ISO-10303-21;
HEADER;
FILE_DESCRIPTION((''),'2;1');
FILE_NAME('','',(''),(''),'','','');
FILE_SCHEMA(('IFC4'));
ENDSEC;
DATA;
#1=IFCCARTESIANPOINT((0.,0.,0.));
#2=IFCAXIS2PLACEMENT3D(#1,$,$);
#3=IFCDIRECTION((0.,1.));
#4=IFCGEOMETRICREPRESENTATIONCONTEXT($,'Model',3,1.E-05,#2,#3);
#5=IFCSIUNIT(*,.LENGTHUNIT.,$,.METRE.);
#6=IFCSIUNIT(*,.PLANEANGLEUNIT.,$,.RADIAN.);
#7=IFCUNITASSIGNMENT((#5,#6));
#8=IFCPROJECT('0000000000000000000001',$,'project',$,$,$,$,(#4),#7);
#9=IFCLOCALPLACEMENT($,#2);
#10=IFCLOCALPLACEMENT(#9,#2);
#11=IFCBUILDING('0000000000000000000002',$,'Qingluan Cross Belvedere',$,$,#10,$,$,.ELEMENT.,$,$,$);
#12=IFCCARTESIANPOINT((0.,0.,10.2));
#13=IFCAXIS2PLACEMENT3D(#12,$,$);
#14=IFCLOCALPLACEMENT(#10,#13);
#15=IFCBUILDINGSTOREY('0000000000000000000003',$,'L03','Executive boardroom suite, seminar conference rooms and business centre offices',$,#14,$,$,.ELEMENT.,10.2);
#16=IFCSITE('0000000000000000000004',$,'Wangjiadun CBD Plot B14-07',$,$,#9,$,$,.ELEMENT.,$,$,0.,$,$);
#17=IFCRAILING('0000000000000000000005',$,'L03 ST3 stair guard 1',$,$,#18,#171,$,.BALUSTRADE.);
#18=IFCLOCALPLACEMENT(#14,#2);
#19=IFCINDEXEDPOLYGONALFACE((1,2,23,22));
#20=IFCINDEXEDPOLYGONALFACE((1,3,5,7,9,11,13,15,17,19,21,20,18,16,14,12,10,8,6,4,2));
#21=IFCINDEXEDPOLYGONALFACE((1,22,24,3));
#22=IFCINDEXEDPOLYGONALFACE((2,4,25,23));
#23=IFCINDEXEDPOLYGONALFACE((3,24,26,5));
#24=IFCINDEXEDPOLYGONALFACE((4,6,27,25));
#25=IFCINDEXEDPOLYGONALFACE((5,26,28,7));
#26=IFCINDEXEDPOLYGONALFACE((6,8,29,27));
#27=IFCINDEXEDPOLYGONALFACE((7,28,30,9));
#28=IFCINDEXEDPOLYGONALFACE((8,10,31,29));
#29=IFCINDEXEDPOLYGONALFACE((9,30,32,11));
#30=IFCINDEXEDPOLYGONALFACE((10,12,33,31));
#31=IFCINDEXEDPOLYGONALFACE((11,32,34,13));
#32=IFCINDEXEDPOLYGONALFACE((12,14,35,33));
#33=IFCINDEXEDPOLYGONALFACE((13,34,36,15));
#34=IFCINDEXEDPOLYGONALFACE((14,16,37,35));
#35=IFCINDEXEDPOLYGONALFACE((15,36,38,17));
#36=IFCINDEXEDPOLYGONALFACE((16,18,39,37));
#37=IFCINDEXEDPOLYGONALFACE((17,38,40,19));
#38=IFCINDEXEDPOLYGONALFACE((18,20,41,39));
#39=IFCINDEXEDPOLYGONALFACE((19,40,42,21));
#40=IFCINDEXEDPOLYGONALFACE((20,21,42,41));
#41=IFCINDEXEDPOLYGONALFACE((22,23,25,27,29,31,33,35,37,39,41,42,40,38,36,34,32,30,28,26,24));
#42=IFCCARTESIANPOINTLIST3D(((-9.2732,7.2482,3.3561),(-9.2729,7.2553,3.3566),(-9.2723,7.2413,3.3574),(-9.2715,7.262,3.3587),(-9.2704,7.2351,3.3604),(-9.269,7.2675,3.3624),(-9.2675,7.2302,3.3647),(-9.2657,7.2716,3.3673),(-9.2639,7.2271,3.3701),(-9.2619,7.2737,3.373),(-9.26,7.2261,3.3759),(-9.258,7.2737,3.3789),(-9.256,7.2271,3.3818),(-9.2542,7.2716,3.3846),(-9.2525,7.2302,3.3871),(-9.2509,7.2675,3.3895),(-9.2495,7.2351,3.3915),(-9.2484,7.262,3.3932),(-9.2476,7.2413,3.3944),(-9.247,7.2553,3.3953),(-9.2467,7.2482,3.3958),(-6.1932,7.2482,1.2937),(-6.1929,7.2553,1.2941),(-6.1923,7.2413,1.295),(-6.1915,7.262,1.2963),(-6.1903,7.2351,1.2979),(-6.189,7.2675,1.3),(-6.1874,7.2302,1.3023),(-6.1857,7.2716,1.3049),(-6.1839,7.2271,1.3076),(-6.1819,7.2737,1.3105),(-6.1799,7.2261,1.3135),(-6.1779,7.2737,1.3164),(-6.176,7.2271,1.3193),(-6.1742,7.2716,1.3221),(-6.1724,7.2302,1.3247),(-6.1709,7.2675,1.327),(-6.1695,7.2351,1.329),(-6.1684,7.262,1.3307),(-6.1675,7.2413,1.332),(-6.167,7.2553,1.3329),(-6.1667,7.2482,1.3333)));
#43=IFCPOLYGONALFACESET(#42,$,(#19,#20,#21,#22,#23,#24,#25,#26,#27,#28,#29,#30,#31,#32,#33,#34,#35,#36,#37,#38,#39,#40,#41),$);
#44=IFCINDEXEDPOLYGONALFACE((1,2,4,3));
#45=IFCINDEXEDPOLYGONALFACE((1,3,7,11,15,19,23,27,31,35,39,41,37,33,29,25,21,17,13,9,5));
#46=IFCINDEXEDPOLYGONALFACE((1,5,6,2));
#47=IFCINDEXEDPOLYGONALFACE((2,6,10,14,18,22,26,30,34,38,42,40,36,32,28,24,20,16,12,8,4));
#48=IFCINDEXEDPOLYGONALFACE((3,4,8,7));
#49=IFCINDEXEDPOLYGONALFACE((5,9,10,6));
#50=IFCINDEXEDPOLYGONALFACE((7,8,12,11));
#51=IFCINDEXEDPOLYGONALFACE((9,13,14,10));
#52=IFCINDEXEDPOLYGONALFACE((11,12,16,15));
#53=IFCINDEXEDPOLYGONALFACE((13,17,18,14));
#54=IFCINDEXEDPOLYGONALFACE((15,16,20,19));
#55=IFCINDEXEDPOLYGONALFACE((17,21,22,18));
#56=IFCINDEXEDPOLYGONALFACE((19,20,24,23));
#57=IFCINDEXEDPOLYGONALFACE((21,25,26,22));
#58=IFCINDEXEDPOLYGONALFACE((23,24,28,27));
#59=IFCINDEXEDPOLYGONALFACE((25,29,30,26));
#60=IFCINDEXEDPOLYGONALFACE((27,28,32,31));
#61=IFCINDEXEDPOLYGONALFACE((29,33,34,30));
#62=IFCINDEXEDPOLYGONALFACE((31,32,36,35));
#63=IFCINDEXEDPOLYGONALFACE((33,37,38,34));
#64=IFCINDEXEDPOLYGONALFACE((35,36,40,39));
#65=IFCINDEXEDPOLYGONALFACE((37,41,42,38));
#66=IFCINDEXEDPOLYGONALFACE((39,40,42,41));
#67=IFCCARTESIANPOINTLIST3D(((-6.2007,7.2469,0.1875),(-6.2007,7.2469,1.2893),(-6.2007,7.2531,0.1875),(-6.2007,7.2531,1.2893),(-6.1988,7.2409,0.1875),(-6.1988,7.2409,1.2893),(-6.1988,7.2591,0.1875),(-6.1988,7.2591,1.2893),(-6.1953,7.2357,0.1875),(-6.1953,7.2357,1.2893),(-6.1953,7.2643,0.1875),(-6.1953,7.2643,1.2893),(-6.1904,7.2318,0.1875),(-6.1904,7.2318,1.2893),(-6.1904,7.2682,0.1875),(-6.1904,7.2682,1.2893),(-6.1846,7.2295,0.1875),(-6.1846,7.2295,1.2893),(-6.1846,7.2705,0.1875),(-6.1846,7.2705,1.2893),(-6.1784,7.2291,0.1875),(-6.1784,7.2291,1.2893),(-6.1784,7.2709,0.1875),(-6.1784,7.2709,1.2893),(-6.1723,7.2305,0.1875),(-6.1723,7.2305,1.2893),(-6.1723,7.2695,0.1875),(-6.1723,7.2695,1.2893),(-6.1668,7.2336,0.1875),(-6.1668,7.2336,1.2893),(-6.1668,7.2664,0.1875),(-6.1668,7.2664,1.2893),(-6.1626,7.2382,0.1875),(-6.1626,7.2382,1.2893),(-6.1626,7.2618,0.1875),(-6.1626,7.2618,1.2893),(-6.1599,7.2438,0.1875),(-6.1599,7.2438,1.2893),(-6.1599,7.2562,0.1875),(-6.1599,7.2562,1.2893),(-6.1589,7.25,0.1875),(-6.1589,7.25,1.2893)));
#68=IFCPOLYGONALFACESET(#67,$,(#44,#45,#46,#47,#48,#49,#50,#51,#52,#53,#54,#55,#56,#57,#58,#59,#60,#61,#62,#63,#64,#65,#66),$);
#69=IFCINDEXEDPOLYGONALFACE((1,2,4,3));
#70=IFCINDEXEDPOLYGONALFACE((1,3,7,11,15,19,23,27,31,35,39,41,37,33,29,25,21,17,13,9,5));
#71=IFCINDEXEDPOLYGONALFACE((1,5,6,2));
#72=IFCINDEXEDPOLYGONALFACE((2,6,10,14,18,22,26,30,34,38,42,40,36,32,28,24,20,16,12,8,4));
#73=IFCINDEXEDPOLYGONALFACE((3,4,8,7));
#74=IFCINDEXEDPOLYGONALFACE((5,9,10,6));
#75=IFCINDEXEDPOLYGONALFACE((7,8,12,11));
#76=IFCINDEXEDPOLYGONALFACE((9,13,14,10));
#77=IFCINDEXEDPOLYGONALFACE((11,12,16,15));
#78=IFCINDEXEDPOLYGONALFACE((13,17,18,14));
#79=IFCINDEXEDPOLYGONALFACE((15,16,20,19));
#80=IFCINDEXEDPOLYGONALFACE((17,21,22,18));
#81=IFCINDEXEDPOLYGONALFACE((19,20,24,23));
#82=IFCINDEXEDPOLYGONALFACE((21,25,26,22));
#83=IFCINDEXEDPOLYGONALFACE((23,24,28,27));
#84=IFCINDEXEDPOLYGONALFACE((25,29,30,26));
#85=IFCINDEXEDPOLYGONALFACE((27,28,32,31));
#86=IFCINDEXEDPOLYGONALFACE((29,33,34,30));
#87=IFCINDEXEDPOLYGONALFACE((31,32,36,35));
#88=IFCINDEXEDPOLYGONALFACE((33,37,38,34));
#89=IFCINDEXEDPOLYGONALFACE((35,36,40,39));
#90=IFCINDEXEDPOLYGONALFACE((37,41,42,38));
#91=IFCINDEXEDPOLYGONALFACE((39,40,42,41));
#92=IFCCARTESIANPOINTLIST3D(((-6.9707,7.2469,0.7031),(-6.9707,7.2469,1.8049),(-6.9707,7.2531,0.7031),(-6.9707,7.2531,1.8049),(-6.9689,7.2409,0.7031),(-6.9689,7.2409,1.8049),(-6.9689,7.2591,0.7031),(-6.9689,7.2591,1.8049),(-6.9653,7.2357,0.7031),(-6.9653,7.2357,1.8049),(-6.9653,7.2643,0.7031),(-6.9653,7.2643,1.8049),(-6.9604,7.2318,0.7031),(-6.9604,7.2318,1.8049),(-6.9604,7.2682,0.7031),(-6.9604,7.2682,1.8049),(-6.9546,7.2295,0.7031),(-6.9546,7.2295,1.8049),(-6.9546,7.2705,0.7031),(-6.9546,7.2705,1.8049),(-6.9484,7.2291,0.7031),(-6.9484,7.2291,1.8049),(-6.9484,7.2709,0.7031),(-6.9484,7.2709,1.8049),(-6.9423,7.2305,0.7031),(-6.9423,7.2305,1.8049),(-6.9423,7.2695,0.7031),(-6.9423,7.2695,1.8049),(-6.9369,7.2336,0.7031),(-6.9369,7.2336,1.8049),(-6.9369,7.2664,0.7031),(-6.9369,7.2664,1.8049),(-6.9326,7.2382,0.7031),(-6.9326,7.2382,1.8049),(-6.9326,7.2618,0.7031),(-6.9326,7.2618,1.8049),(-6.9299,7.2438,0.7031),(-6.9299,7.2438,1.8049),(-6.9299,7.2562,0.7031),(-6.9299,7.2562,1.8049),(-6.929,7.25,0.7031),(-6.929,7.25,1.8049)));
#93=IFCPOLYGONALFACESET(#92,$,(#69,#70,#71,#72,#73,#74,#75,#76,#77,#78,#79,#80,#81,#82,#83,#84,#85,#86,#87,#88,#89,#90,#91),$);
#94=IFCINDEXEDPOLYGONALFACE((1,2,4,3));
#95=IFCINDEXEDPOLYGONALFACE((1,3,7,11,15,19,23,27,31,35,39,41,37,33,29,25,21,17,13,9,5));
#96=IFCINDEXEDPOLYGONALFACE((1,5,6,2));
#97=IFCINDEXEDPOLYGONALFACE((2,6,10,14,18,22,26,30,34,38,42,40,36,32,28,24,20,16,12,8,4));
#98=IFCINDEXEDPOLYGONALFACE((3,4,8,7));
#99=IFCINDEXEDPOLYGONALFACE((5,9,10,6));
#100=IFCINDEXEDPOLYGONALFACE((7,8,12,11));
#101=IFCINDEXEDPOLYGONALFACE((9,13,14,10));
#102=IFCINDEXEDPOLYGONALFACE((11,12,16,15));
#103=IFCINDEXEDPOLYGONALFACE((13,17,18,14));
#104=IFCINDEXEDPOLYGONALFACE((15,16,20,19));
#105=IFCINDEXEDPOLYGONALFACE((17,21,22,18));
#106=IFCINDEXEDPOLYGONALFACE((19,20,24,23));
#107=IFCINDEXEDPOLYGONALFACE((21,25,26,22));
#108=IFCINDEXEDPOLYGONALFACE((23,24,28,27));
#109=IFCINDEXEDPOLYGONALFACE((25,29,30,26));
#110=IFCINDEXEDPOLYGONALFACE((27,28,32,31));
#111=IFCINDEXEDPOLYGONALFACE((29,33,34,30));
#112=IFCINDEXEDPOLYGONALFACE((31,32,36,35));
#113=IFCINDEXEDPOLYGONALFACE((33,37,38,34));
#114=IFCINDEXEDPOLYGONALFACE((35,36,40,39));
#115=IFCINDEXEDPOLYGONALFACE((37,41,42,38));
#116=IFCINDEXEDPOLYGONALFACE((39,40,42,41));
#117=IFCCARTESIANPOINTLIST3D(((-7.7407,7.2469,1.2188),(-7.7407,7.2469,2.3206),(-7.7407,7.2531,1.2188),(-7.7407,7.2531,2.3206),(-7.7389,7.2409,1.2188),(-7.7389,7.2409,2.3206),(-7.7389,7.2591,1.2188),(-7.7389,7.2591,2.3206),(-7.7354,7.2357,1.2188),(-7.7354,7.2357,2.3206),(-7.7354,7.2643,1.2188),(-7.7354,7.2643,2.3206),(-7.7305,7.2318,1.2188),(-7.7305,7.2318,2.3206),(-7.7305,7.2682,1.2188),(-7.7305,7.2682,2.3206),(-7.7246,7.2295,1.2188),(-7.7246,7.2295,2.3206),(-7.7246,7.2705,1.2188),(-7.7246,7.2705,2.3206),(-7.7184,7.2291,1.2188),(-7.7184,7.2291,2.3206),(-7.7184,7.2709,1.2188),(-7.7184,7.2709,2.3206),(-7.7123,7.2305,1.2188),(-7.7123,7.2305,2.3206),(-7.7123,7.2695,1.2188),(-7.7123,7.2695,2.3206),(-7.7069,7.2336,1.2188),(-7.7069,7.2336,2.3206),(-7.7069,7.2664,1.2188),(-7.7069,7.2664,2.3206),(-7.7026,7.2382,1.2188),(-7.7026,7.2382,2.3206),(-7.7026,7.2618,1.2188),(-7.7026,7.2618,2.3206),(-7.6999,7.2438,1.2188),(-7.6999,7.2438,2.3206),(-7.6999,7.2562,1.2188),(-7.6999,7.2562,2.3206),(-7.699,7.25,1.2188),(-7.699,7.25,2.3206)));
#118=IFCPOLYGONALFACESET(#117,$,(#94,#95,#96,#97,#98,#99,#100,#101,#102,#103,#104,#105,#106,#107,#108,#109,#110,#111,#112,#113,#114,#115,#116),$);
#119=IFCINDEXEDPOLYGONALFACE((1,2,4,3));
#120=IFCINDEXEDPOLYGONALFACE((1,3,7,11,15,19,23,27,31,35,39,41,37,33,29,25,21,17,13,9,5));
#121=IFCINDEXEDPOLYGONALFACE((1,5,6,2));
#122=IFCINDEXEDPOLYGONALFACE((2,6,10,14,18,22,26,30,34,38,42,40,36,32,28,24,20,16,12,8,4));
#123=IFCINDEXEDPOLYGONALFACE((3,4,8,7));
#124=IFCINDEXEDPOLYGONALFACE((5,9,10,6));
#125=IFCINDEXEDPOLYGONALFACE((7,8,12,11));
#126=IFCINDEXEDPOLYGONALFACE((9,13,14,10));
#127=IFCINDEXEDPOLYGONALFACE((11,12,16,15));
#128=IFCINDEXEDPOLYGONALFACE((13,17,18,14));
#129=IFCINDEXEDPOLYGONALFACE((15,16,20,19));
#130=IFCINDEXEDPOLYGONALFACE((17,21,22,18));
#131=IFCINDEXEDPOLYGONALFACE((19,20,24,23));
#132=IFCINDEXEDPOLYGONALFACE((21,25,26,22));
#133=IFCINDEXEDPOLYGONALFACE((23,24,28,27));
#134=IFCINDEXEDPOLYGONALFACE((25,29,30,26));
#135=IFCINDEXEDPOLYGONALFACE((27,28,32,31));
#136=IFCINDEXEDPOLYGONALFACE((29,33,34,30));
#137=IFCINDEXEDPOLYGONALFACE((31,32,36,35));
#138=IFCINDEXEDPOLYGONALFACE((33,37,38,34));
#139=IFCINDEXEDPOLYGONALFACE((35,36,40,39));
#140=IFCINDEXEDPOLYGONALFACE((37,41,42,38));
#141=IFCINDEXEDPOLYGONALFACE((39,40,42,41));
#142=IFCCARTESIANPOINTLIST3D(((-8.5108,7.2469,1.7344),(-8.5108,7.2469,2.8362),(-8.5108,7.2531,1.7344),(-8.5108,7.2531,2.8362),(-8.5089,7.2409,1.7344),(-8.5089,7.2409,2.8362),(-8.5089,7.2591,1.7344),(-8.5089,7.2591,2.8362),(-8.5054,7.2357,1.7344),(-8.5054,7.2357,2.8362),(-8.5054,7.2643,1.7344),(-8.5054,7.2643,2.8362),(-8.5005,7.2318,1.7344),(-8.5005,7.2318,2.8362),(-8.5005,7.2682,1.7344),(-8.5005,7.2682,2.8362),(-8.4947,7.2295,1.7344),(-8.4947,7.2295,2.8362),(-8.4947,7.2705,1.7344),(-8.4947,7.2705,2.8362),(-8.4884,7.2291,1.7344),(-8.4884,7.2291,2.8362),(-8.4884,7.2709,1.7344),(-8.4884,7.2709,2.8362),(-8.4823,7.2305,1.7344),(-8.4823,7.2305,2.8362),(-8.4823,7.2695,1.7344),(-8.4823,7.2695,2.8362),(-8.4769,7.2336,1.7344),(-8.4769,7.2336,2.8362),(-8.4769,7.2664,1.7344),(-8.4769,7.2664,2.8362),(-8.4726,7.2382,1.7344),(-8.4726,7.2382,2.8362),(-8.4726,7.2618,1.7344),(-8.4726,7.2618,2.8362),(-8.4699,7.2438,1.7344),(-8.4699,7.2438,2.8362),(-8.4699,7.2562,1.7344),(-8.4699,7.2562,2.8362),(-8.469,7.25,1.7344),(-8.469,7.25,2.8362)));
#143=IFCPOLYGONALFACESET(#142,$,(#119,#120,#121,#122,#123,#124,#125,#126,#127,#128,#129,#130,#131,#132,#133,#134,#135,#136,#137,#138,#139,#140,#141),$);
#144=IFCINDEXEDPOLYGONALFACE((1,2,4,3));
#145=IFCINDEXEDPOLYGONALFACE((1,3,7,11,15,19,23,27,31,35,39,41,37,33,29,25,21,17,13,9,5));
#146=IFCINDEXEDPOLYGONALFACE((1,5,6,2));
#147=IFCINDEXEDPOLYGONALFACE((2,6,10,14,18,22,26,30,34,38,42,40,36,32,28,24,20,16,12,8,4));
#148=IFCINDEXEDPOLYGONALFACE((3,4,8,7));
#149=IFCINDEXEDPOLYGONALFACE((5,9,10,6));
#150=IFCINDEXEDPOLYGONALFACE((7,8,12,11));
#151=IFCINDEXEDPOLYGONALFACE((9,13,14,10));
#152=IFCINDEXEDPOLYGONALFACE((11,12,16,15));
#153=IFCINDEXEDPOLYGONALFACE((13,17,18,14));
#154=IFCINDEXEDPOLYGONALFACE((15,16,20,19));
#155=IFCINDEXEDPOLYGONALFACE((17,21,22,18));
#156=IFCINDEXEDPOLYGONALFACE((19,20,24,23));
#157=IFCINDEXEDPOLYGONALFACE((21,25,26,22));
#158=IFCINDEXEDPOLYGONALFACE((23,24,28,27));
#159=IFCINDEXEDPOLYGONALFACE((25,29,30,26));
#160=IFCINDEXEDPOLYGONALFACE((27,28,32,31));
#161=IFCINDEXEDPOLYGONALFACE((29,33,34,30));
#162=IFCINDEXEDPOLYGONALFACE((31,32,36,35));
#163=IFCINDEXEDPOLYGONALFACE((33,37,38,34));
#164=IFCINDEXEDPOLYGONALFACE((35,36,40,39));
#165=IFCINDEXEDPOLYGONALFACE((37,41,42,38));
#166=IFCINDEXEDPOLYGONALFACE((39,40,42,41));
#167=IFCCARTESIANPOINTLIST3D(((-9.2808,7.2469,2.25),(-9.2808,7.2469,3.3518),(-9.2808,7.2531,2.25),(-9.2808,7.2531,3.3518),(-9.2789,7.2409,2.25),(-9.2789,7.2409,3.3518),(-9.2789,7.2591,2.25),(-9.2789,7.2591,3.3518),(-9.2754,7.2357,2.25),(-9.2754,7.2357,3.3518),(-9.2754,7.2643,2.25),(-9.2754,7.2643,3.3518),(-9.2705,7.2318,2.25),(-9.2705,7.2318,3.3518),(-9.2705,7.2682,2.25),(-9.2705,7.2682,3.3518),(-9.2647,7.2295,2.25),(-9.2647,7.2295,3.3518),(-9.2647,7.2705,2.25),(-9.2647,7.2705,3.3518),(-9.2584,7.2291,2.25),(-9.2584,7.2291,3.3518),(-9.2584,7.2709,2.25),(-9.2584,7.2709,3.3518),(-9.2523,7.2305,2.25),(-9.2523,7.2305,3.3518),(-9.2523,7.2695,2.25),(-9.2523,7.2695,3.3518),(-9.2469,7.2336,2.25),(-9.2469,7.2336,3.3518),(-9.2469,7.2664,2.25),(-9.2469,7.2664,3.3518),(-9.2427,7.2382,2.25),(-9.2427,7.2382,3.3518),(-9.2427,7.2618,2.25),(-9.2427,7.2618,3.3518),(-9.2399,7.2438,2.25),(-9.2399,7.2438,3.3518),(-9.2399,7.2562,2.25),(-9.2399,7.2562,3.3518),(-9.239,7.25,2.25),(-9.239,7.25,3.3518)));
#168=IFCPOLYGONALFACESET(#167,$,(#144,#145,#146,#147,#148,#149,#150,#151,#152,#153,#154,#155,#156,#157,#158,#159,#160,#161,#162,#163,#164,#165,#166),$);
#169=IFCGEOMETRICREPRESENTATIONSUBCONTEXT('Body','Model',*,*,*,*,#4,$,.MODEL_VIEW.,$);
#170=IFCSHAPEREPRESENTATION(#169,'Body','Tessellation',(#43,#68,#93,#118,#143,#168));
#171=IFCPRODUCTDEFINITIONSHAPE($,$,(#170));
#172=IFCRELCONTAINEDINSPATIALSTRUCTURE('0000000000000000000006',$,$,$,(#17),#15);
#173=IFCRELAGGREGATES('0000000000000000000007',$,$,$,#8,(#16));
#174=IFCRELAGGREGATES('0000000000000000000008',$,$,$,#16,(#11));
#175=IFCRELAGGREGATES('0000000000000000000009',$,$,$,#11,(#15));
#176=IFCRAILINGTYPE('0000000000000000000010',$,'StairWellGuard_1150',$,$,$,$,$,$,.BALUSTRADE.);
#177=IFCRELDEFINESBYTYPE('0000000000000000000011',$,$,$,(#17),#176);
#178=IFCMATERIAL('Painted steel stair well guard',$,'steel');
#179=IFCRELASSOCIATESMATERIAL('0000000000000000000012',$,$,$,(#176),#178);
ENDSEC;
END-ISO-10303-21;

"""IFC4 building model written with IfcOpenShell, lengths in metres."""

from ifc_helpers import new_model, si_unit, direction, frame, origin, origin_2d, place, context, subcontext, project, spatial, circle, extrude, material, type_object, element, save


model = new_model("IFC4")

# Units and contexts
model_context = context("Model", 3, precision=1e-05, world=origin(), true_north=direction((0.0, 1.0)))
body_context = subcontext(model_context, "Body", "Model", "MODEL_VIEW")
ifc_project = project(units=[si_unit("LENGTHUNIT", "METRE"), si_unit("PLANEANGLEUNIT", "RADIAN")], contexts=[model_context])

# Site, building, storey
site_placement = place(None, origin())
site = spatial("IfcSite", under=ifc_project, at=site_placement, Name="Wangjiadun CBD Plot B14-07", CompositionType="ELEMENT", RefElevation=0.0)
building_placement = place(site_placement, origin())
building = spatial("IfcBuilding", under=site, at=building_placement, Name="Qingluan Cross Belvedere", CompositionType="ELEMENT")
storey_placement = place(building_placement, frame((0.0, 0.0, 10.2)))
storey = spatial("IfcBuildingStorey", under=building, at=storey_placement, Name="L03", Description="Executive boardroom suite, seminar conference rooms and business centre offices", CompositionType="ELEMENT", Elevation=10.2)

# Railing
ifc_material_1 = material(Name="Painted steel stair well guard", Category="steel")
railing_type_1 = type_object("IfcRailingType", Name="StairWellGuard_1150", PredefinedType="BALUSTRADE", material=ifc_material_1)
railing_1_placement = place(storey_placement, frame((-6.1799, 7.25, 0.1875)))
element("IfcRailing", 1, at=railing_1_placement, inside=storey, type_object=railing_type_1, Name="L03 ST3 stair guard 1", PredefinedType="BALUSTRADE", context=body_context, shape_type="SweptSolid", body=[
    extrude(circle(Radius=0.0239, at=origin_2d()), frame((0.0, 0.0, 1.126), z_axis=(-0.830914, 0.0, 0.556401), x_axis=(0.0, -1.0, 0.0)), (0.0, 0.0, 1.0), 3.7068),
    extrude(circle(Radius=0.021, at=origin_2d()), origin(), (0.0, 0.0, 1.0), 1.1018),
    extrude(circle(Radius=0.021, at=origin_2d()), frame((-0.77, 0.0, 0.5156)), (0.0, 0.0, 1.0), 1.1018),
    extrude(circle(Radius=0.021, at=origin_2d()), frame((-1.54, 0.0, 1.0312)), (0.0, 0.0, 1.0), 1.1018),
    extrude(circle(Radius=0.021, at=origin_2d()), frame((-2.3101, 0.0, 1.5469)), (0.0, 0.0, 1.0), 1.1018),
    extrude(circle(Radius=0.021, at=origin_2d()), frame((-3.0801, 0.0, 2.0625)), (0.0, 0.0, 1.0), 1.1018),
])

save(model, "model.ifc")
